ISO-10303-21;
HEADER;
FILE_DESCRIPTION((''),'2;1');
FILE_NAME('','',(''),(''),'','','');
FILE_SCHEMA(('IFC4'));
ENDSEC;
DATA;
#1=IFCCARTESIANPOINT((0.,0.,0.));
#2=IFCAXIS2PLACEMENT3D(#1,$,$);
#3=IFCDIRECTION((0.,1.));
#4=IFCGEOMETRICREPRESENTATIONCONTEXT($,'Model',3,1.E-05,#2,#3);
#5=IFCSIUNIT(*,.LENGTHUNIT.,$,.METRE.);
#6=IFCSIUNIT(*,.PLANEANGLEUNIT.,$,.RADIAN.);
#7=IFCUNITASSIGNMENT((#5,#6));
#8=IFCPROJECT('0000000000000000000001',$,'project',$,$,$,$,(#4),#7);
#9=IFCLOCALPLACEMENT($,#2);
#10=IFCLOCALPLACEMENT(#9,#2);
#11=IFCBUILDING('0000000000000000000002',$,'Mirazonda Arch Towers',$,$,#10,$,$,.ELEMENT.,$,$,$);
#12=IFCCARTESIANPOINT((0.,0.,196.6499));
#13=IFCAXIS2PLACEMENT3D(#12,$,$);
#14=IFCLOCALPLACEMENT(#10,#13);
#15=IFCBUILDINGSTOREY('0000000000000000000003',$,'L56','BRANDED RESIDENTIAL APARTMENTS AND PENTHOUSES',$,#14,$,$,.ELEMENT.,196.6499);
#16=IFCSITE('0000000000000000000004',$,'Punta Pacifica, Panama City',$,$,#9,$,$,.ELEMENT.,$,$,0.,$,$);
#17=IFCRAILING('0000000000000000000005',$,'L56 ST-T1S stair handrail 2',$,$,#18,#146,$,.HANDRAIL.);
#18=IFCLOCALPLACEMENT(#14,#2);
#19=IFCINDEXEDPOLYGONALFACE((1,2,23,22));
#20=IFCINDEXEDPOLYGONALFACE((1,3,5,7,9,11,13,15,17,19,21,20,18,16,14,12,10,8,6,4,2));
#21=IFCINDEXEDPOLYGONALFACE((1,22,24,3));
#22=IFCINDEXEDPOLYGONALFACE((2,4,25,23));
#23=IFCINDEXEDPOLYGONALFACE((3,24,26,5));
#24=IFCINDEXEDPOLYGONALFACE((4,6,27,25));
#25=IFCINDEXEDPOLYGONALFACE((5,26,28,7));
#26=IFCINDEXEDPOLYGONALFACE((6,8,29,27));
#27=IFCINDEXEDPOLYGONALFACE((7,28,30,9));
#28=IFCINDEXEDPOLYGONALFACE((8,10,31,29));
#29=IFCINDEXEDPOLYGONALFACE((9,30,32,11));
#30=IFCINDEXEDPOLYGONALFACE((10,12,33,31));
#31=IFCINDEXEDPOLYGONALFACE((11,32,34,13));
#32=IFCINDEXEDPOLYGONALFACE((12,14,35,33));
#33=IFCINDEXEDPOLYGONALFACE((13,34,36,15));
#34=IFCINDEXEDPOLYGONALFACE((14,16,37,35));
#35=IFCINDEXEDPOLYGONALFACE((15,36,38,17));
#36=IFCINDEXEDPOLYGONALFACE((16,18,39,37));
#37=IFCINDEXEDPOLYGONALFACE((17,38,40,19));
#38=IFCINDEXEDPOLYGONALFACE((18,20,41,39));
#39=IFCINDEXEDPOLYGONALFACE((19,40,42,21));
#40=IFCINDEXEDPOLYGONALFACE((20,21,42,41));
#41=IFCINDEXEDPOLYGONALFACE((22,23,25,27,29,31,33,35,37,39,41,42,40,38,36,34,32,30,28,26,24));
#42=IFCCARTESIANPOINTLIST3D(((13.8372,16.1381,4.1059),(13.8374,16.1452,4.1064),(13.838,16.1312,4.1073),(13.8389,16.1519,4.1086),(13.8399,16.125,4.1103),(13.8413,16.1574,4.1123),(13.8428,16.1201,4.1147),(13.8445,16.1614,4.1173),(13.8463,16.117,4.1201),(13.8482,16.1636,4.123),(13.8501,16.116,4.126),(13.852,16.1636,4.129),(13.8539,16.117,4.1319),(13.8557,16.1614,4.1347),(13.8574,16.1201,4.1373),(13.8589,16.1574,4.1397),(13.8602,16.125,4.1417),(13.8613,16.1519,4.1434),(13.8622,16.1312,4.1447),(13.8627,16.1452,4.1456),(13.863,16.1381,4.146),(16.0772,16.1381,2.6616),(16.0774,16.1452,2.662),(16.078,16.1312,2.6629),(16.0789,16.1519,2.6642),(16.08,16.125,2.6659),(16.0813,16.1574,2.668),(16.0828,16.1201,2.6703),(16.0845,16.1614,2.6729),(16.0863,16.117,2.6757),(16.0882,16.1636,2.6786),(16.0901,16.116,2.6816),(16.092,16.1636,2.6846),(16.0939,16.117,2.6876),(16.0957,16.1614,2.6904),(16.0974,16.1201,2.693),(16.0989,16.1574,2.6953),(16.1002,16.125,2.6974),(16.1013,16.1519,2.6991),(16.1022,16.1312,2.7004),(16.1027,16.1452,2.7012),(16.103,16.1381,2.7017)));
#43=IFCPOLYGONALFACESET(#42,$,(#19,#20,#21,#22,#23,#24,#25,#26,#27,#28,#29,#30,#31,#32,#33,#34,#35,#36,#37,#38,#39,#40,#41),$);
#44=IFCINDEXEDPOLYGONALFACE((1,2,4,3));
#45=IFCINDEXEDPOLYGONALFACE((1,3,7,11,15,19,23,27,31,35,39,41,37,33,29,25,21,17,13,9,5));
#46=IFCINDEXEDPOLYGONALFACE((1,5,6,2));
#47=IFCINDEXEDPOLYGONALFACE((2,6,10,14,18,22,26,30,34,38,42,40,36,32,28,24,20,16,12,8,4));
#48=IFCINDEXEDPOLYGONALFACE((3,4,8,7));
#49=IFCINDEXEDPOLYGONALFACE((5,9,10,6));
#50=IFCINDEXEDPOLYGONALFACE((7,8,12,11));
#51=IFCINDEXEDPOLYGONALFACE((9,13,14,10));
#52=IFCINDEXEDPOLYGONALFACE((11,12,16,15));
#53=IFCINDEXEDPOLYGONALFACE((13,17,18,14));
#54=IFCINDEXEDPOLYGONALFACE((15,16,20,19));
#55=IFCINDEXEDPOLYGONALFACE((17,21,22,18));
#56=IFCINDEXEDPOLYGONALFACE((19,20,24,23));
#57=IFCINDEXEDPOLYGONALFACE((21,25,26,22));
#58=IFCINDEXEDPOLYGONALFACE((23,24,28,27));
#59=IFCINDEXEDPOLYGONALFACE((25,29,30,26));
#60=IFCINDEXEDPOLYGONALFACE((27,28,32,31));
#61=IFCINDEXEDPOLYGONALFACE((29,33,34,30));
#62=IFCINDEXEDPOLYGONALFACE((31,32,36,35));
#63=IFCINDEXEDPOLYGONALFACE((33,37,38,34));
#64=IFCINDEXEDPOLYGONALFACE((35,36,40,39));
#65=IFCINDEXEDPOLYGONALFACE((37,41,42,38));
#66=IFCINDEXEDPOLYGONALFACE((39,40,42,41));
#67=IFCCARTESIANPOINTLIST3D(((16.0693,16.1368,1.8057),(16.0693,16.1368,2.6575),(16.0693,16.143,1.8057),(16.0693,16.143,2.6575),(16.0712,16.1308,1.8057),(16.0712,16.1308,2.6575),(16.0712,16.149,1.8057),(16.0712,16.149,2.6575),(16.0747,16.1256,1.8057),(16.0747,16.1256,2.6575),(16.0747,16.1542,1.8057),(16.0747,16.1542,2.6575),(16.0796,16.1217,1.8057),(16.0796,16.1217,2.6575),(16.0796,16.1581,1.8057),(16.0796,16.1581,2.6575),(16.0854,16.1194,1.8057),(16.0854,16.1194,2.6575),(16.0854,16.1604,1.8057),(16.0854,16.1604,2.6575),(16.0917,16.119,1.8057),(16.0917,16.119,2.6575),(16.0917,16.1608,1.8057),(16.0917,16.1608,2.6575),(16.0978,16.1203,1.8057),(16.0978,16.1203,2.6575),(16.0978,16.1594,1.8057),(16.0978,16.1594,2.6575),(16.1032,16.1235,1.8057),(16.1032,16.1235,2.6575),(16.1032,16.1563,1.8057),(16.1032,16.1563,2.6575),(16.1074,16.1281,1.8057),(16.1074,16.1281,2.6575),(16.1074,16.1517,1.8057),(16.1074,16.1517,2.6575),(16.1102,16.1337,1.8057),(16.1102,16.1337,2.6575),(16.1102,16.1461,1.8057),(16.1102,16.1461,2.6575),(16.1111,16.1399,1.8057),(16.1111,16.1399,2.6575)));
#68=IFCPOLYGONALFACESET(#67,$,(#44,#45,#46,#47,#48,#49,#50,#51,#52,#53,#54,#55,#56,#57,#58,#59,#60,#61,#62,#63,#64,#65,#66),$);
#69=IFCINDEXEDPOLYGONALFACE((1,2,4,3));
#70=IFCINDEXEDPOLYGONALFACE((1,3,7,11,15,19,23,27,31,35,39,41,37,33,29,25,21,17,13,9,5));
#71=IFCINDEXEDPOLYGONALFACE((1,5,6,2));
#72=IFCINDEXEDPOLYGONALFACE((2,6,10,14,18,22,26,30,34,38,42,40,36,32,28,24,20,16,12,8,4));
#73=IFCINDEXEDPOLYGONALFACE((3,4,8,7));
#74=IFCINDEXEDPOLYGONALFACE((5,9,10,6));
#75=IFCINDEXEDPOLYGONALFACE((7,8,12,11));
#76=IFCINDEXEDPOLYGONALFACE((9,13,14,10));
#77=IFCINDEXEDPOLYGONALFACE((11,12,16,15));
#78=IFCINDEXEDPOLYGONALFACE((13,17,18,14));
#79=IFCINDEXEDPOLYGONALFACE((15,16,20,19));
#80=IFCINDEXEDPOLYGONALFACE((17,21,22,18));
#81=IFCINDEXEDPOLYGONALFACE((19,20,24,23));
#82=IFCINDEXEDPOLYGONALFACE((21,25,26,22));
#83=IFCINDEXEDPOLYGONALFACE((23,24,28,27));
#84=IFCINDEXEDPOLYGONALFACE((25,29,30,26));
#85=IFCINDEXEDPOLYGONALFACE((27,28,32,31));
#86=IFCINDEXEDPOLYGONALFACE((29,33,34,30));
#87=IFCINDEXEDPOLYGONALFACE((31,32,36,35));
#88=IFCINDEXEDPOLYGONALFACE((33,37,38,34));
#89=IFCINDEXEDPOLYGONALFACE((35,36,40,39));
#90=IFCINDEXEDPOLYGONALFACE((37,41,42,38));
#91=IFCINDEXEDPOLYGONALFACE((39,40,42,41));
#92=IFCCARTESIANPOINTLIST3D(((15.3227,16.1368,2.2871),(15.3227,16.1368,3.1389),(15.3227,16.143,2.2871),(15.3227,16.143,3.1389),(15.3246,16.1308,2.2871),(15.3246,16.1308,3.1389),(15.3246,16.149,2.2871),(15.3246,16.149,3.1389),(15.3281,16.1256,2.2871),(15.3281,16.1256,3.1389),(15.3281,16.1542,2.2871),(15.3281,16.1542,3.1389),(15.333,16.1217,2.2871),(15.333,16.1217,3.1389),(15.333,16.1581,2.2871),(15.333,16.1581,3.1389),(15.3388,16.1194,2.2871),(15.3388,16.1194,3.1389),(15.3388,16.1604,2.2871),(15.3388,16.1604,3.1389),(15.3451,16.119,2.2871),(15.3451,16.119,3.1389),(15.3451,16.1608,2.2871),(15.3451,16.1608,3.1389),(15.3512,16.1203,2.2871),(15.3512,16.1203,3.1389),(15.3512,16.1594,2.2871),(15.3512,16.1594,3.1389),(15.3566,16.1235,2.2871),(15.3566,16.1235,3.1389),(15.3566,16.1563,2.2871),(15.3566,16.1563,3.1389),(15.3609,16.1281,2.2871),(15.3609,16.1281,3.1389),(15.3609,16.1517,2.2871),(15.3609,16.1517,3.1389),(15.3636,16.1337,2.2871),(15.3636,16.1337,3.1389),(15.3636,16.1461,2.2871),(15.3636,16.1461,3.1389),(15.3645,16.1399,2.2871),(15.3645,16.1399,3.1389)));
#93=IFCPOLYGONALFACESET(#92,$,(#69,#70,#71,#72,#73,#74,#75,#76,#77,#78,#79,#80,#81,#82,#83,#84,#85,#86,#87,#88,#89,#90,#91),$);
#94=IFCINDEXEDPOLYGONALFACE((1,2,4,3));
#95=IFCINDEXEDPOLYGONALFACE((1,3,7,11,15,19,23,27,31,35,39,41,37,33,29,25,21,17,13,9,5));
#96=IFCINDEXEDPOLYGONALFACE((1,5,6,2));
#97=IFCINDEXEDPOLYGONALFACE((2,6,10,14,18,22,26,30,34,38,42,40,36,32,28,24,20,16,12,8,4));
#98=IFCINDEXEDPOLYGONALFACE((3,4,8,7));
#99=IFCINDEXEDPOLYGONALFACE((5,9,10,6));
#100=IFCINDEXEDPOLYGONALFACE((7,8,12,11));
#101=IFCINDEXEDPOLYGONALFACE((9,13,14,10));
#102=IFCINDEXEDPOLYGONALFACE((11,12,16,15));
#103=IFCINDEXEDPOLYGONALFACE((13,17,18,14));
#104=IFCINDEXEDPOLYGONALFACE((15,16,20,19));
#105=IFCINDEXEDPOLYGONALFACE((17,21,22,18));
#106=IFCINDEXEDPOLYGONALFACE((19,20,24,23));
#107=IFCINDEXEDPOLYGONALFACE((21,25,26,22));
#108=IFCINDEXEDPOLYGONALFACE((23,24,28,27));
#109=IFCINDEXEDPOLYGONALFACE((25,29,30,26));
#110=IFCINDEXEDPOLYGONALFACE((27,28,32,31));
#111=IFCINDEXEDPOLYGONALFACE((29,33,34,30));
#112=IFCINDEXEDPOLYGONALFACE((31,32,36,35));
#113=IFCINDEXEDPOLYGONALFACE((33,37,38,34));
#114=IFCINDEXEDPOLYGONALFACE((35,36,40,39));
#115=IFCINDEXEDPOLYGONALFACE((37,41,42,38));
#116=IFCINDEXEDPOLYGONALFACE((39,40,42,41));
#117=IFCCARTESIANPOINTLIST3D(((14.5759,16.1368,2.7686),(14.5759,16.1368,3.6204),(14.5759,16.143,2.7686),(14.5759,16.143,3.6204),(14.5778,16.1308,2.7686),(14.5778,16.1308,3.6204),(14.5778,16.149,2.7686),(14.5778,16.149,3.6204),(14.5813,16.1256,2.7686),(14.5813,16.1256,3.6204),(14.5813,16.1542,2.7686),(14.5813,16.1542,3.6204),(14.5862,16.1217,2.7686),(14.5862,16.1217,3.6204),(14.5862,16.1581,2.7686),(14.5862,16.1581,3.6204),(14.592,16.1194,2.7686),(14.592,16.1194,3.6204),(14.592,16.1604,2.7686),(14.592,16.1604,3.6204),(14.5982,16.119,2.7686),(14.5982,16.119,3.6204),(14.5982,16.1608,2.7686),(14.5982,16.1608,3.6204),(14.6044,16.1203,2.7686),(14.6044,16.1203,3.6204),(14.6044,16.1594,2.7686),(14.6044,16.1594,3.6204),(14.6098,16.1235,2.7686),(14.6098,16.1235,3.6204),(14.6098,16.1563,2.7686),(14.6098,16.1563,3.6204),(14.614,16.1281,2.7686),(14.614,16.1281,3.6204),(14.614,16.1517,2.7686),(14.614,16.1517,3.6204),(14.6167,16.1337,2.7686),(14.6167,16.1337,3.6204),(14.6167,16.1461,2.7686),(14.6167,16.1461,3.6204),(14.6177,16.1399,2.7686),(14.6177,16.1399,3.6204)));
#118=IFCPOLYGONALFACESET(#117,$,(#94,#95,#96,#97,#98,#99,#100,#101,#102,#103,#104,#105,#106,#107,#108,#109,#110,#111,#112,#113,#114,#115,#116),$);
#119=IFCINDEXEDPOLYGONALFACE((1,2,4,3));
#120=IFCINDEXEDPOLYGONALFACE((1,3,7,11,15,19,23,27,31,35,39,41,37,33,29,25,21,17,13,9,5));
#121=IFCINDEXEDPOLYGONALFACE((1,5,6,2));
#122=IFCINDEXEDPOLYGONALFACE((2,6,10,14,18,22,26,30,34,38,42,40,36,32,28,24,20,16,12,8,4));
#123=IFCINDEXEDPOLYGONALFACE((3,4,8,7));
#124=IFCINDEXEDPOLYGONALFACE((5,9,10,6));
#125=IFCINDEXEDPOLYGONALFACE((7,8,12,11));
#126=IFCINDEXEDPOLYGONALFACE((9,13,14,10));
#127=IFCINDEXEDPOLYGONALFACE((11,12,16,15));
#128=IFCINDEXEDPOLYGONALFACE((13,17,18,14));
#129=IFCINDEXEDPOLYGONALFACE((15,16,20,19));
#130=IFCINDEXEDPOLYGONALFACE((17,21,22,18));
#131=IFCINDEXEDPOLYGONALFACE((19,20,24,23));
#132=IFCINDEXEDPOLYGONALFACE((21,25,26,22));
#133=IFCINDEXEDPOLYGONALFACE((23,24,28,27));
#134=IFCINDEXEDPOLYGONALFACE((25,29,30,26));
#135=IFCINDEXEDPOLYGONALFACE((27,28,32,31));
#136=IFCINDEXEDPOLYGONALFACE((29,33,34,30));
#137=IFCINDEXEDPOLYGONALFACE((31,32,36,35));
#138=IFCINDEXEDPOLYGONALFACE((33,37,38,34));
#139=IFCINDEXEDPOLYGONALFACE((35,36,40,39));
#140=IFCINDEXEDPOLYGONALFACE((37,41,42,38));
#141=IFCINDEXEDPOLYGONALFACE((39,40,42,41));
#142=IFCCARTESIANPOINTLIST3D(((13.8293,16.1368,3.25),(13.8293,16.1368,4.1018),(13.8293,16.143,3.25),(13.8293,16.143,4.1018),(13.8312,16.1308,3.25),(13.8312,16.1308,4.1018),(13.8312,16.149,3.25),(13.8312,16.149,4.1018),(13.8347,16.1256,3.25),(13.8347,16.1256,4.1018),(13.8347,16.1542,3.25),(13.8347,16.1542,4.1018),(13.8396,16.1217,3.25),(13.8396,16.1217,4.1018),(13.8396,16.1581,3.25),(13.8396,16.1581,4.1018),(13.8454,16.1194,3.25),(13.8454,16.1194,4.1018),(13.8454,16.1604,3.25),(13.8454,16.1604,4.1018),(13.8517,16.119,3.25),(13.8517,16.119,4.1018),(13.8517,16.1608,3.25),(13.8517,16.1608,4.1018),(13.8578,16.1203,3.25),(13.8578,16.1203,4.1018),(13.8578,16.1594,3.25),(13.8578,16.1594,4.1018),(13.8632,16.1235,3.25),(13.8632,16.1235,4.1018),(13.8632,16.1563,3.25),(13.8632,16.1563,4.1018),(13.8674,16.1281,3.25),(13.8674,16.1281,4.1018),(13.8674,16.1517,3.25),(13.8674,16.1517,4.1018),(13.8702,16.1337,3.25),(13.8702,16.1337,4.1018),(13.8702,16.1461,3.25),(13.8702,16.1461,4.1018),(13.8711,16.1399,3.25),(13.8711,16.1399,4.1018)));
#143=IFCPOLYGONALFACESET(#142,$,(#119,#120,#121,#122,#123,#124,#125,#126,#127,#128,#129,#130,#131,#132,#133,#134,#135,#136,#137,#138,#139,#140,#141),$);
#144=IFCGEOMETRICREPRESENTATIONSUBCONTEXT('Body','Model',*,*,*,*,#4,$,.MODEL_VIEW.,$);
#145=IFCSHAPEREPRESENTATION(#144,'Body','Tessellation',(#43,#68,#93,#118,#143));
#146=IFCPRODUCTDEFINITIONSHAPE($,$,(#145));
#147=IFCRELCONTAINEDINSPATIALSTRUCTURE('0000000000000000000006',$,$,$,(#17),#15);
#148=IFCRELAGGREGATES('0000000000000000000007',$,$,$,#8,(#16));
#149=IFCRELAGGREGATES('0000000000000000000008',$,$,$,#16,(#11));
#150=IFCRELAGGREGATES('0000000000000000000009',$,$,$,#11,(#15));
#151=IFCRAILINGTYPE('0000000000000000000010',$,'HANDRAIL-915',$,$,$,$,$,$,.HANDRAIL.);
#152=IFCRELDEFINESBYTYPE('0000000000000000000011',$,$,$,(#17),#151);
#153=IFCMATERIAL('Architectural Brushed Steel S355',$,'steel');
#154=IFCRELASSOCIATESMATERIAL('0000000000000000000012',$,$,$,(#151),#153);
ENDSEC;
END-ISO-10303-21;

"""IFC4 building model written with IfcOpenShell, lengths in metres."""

from ifc_helpers import new_model, si_unit, direction, frame, origin, origin_2d, place, context, subcontext, project, spatial, circle, extrude, material, type_object, element, save


model = new_model("IFC4")

# Units and contexts
model_context = context("Model", 3, precision=1e-05, world=origin(), true_north=direction((0.0, 1.0)))
body_context = subcontext(model_context, "Body", "Model", "MODEL_VIEW")
ifc_project = project(units=[si_unit("LENGTHUNIT", "METRE"), si_unit("PLANEANGLEUNIT", "RADIAN")], contexts=[model_context])

# Site, building, storey
site_placement = place(None, origin())
site = spatial("IfcSite", under=ifc_project, at=site_placement, Name="Punta Pacifica, Panama City", CompositionType="ELEMENT", RefElevation=0.0)
building_placement = place(site_placement, origin())
building = spatial("IfcBuilding", under=site, at=building_placement, Name="Mirazonda Arch Towers", CompositionType="ELEMENT")
storey_placement = place(building_placement, frame((0.0, 0.0, 196.6499)))
storey = spatial("IfcBuildingStorey", under=building, at=storey_placement, Name="L56", Description="BRANDED RESIDENTIAL APARTMENTS AND PENTHOUSES", CompositionType="ELEMENT", Elevation=196.6499)

# Shared definitions
ifc_material_1 = material(Name="Architectural Brushed Steel S355", Category="steel")

# Railing
railing_type_1 = type_object("IfcRailingType", Name="HANDRAIL-915", PredefinedType="HANDRAIL", material=ifc_material_1)
railing_1_placement = place(storey_placement, frame((16.0901, 16.1399, 1.8057)))
element("IfcRailing", 1, at=railing_1_placement, inside=storey, type_object=railing_type_1, Name="L56 ST-T1S stair handrail 2", PredefinedType="HANDRAIL", context=body_context, shape_type="SweptSolid", body=[
    extrude(circle(Radius=0.0239, at=origin_2d()), frame((0.0, 0.0, 0.876), z_axis=(-0.840437, 0.0, 0.54191), x_axis=(0.0, -1.0, 0.0)), (0.0, 0.0, 1.0), 2.6653),
    extrude(circle(Radius=0.021, at=origin_2d()), origin(), (0.0, 0.0, 1.0), 0.8518),
    extrude(circle(Radius=0.021, at=origin_2d()), frame((-0.7466, 0.0, 0.4814)), (0.0, 0.0, 1.0), 0.8518),
    extrude(circle(Radius=0.021, at=origin_2d()), frame((-1.4934, 0.0, 0.9629)), (0.0, 0.0, 1.0), 0.8518),
    extrude(circle(Radius=0.021, at=origin_2d()), frame((-2.24, 0.0, 1.4443)), (0.0, 0.0, 1.0), 0.8518),
])

save(model, "model.ifc")
